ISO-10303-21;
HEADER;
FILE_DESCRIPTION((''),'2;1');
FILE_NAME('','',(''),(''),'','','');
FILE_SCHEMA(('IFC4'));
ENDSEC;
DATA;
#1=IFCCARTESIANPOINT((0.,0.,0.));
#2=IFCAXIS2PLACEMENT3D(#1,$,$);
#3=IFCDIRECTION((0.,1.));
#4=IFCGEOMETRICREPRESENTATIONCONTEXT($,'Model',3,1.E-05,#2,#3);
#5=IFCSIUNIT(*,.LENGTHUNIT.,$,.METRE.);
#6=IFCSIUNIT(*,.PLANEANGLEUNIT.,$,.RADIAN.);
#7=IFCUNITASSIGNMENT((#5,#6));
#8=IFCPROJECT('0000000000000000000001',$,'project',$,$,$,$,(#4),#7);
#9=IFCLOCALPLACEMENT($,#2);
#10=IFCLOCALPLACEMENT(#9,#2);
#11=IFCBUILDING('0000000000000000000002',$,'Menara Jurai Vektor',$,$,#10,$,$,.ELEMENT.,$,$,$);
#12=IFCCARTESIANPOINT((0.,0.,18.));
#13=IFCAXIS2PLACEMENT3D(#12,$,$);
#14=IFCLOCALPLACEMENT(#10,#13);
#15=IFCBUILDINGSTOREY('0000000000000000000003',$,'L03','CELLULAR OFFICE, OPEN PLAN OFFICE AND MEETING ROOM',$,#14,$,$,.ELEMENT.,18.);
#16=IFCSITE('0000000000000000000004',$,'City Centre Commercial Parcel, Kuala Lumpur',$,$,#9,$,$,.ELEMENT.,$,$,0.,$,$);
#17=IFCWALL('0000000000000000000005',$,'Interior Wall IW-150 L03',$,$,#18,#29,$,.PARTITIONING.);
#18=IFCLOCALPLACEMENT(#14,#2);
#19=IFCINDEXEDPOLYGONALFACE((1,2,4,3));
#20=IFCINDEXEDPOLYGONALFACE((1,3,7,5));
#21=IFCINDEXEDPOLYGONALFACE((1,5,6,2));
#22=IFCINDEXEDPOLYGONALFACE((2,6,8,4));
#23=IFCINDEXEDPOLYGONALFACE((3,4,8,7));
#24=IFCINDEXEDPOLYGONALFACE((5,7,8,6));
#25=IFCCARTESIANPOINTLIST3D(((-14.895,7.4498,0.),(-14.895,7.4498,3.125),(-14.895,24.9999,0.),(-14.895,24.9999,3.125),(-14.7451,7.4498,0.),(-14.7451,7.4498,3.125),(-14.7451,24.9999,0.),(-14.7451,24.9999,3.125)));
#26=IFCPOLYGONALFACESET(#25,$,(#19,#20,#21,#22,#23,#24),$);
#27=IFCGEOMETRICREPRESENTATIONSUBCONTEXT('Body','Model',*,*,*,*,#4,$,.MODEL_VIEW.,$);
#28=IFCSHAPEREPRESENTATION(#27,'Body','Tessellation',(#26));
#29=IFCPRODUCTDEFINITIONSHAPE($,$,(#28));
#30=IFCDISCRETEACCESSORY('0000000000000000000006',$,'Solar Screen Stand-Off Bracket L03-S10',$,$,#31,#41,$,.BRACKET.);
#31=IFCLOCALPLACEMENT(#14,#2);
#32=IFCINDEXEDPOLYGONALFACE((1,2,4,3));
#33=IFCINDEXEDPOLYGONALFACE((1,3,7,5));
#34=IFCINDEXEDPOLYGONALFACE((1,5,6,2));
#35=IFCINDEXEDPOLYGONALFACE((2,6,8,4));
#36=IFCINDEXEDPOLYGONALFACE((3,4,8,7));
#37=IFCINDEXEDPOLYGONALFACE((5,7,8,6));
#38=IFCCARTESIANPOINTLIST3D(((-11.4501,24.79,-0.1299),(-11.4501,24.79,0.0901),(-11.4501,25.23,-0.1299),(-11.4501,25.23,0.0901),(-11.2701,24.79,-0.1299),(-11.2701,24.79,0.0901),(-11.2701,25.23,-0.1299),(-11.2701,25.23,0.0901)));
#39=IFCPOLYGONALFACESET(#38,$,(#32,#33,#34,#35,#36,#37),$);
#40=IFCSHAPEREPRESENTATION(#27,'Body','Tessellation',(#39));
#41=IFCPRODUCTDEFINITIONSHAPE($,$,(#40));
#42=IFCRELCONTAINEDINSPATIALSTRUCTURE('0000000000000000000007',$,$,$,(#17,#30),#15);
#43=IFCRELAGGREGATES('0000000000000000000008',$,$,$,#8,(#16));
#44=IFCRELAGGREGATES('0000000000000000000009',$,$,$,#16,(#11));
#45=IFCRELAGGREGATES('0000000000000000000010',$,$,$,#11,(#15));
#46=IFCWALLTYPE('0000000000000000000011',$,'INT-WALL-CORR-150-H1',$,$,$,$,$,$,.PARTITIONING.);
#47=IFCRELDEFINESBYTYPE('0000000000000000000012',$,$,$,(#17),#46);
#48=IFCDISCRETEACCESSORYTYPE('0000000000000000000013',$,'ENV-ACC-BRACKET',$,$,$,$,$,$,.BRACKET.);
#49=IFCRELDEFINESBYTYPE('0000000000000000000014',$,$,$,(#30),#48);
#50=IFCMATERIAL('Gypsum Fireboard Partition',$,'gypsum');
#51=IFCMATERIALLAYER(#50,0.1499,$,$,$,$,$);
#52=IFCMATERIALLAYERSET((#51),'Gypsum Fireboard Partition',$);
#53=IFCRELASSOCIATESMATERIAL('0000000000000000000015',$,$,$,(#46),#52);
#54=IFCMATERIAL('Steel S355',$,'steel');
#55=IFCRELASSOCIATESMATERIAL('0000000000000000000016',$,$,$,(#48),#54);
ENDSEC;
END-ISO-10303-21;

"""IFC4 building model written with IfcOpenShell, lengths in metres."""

from ifc_helpers import new_model, si_unit, direction, frame, frame_2d, origin, origin_2d, place, context, subcontext, project, spatial, rectangle, extrude, material, layer, layer_set, type_object, element, save


model = new_model("IFC4")

# Units and contexts
model_context = context("Model", 3, precision=1e-05, world=origin(), true_north=direction((0.0, 1.0)))
body_context = subcontext(model_context, "Body", "Model", "MODEL_VIEW")
ifc_project = project(units=[si_unit("LENGTHUNIT", "METRE"), si_unit("PLANEANGLEUNIT", "RADIAN")], contexts=[model_context])

# Site, building, storey
site_placement = place(None, origin())
site = spatial("IfcSite", under=ifc_project, at=site_placement, Name="City Centre Commercial Parcel, Kuala Lumpur", CompositionType="ELEMENT", RefElevation=0.0)
building_placement = place(site_placement, origin())
building = spatial("IfcBuilding", under=site, at=building_placement, Name="Menara Jurai Vektor", CompositionType="ELEMENT")
storey_placement = place(building_placement, frame((0.0, 0.0, 18.0)))
storey = spatial("IfcBuildingStorey", under=building, at=storey_placement, Name="L03", Description="CELLULAR OFFICE, OPEN PLAN OFFICE AND MEETING ROOM", CompositionType="ELEMENT", Elevation=18.0)

# Shared definitions
ifc_material_1 = material(Name="Steel S355", Category="steel")

# Shared definitions
ifc_material_2 = material(Name="Gypsum Fireboard Partition", Category="gypsum")

# Wall
ifc_layer_1 = layer(ifc_material_2, 0.1499)
ifc_layer_set_1 = layer_set([ifc_layer_1], Name="Gypsum Fireboard Partition")
wall_type_1 = type_object("IfcWallType", Name="INT-WALL-CORR-150-H1", PredefinedType="PARTITIONING", material=ifc_layer_set_1)
wall_1_placement = place(storey_placement, frame((-14.8201, 7.45, 0.0), z_axis=(0.0, 0.0, 1.0), x_axis=(0.0, 1.0, 0.0)))
element("IfcWall", 1, at=wall_1_placement, inside=storey, type_object=wall_type_1, Name="Interior Wall IW-150 L03", PredefinedType="PARTITIONING", context=body_context, shape_type="SweptSolid", body=[
    extrude(rectangle(XDim=17.55, YDim=0.1499, at=frame_2d((8.7749, 0.0))), origin(), (0.0, 0.0, 1.0), 3.125),
])

# Discrete accessory
discrete_accessory_type = type_object("IfcDiscreteAccessoryType", Name="ENV-ACC-BRACKET", PredefinedType="BRACKET", material=ifc_material_1)
discrete_accessory_placement = place(storey_placement, frame((-11.3601, 25.01, -0.1299), z_axis=(0.0, 0.0, 1.0), x_axis=(-1.0, 0.0, 0.0)))
element("IfcDiscreteAccessory", 2, at=discrete_accessory_placement, inside=storey, type_object=discrete_accessory_type, Name="Solar Screen Stand-Off Bracket L03-S10", PredefinedType="BRACKET", context=body_context, shape_type="SweptSolid", body=[
    extrude(rectangle(XDim=0.1799, YDim=0.4399, at=origin_2d()), origin(), (0.0, 0.0, 1.0), 0.22),
])

save(model, "model.ifc")
